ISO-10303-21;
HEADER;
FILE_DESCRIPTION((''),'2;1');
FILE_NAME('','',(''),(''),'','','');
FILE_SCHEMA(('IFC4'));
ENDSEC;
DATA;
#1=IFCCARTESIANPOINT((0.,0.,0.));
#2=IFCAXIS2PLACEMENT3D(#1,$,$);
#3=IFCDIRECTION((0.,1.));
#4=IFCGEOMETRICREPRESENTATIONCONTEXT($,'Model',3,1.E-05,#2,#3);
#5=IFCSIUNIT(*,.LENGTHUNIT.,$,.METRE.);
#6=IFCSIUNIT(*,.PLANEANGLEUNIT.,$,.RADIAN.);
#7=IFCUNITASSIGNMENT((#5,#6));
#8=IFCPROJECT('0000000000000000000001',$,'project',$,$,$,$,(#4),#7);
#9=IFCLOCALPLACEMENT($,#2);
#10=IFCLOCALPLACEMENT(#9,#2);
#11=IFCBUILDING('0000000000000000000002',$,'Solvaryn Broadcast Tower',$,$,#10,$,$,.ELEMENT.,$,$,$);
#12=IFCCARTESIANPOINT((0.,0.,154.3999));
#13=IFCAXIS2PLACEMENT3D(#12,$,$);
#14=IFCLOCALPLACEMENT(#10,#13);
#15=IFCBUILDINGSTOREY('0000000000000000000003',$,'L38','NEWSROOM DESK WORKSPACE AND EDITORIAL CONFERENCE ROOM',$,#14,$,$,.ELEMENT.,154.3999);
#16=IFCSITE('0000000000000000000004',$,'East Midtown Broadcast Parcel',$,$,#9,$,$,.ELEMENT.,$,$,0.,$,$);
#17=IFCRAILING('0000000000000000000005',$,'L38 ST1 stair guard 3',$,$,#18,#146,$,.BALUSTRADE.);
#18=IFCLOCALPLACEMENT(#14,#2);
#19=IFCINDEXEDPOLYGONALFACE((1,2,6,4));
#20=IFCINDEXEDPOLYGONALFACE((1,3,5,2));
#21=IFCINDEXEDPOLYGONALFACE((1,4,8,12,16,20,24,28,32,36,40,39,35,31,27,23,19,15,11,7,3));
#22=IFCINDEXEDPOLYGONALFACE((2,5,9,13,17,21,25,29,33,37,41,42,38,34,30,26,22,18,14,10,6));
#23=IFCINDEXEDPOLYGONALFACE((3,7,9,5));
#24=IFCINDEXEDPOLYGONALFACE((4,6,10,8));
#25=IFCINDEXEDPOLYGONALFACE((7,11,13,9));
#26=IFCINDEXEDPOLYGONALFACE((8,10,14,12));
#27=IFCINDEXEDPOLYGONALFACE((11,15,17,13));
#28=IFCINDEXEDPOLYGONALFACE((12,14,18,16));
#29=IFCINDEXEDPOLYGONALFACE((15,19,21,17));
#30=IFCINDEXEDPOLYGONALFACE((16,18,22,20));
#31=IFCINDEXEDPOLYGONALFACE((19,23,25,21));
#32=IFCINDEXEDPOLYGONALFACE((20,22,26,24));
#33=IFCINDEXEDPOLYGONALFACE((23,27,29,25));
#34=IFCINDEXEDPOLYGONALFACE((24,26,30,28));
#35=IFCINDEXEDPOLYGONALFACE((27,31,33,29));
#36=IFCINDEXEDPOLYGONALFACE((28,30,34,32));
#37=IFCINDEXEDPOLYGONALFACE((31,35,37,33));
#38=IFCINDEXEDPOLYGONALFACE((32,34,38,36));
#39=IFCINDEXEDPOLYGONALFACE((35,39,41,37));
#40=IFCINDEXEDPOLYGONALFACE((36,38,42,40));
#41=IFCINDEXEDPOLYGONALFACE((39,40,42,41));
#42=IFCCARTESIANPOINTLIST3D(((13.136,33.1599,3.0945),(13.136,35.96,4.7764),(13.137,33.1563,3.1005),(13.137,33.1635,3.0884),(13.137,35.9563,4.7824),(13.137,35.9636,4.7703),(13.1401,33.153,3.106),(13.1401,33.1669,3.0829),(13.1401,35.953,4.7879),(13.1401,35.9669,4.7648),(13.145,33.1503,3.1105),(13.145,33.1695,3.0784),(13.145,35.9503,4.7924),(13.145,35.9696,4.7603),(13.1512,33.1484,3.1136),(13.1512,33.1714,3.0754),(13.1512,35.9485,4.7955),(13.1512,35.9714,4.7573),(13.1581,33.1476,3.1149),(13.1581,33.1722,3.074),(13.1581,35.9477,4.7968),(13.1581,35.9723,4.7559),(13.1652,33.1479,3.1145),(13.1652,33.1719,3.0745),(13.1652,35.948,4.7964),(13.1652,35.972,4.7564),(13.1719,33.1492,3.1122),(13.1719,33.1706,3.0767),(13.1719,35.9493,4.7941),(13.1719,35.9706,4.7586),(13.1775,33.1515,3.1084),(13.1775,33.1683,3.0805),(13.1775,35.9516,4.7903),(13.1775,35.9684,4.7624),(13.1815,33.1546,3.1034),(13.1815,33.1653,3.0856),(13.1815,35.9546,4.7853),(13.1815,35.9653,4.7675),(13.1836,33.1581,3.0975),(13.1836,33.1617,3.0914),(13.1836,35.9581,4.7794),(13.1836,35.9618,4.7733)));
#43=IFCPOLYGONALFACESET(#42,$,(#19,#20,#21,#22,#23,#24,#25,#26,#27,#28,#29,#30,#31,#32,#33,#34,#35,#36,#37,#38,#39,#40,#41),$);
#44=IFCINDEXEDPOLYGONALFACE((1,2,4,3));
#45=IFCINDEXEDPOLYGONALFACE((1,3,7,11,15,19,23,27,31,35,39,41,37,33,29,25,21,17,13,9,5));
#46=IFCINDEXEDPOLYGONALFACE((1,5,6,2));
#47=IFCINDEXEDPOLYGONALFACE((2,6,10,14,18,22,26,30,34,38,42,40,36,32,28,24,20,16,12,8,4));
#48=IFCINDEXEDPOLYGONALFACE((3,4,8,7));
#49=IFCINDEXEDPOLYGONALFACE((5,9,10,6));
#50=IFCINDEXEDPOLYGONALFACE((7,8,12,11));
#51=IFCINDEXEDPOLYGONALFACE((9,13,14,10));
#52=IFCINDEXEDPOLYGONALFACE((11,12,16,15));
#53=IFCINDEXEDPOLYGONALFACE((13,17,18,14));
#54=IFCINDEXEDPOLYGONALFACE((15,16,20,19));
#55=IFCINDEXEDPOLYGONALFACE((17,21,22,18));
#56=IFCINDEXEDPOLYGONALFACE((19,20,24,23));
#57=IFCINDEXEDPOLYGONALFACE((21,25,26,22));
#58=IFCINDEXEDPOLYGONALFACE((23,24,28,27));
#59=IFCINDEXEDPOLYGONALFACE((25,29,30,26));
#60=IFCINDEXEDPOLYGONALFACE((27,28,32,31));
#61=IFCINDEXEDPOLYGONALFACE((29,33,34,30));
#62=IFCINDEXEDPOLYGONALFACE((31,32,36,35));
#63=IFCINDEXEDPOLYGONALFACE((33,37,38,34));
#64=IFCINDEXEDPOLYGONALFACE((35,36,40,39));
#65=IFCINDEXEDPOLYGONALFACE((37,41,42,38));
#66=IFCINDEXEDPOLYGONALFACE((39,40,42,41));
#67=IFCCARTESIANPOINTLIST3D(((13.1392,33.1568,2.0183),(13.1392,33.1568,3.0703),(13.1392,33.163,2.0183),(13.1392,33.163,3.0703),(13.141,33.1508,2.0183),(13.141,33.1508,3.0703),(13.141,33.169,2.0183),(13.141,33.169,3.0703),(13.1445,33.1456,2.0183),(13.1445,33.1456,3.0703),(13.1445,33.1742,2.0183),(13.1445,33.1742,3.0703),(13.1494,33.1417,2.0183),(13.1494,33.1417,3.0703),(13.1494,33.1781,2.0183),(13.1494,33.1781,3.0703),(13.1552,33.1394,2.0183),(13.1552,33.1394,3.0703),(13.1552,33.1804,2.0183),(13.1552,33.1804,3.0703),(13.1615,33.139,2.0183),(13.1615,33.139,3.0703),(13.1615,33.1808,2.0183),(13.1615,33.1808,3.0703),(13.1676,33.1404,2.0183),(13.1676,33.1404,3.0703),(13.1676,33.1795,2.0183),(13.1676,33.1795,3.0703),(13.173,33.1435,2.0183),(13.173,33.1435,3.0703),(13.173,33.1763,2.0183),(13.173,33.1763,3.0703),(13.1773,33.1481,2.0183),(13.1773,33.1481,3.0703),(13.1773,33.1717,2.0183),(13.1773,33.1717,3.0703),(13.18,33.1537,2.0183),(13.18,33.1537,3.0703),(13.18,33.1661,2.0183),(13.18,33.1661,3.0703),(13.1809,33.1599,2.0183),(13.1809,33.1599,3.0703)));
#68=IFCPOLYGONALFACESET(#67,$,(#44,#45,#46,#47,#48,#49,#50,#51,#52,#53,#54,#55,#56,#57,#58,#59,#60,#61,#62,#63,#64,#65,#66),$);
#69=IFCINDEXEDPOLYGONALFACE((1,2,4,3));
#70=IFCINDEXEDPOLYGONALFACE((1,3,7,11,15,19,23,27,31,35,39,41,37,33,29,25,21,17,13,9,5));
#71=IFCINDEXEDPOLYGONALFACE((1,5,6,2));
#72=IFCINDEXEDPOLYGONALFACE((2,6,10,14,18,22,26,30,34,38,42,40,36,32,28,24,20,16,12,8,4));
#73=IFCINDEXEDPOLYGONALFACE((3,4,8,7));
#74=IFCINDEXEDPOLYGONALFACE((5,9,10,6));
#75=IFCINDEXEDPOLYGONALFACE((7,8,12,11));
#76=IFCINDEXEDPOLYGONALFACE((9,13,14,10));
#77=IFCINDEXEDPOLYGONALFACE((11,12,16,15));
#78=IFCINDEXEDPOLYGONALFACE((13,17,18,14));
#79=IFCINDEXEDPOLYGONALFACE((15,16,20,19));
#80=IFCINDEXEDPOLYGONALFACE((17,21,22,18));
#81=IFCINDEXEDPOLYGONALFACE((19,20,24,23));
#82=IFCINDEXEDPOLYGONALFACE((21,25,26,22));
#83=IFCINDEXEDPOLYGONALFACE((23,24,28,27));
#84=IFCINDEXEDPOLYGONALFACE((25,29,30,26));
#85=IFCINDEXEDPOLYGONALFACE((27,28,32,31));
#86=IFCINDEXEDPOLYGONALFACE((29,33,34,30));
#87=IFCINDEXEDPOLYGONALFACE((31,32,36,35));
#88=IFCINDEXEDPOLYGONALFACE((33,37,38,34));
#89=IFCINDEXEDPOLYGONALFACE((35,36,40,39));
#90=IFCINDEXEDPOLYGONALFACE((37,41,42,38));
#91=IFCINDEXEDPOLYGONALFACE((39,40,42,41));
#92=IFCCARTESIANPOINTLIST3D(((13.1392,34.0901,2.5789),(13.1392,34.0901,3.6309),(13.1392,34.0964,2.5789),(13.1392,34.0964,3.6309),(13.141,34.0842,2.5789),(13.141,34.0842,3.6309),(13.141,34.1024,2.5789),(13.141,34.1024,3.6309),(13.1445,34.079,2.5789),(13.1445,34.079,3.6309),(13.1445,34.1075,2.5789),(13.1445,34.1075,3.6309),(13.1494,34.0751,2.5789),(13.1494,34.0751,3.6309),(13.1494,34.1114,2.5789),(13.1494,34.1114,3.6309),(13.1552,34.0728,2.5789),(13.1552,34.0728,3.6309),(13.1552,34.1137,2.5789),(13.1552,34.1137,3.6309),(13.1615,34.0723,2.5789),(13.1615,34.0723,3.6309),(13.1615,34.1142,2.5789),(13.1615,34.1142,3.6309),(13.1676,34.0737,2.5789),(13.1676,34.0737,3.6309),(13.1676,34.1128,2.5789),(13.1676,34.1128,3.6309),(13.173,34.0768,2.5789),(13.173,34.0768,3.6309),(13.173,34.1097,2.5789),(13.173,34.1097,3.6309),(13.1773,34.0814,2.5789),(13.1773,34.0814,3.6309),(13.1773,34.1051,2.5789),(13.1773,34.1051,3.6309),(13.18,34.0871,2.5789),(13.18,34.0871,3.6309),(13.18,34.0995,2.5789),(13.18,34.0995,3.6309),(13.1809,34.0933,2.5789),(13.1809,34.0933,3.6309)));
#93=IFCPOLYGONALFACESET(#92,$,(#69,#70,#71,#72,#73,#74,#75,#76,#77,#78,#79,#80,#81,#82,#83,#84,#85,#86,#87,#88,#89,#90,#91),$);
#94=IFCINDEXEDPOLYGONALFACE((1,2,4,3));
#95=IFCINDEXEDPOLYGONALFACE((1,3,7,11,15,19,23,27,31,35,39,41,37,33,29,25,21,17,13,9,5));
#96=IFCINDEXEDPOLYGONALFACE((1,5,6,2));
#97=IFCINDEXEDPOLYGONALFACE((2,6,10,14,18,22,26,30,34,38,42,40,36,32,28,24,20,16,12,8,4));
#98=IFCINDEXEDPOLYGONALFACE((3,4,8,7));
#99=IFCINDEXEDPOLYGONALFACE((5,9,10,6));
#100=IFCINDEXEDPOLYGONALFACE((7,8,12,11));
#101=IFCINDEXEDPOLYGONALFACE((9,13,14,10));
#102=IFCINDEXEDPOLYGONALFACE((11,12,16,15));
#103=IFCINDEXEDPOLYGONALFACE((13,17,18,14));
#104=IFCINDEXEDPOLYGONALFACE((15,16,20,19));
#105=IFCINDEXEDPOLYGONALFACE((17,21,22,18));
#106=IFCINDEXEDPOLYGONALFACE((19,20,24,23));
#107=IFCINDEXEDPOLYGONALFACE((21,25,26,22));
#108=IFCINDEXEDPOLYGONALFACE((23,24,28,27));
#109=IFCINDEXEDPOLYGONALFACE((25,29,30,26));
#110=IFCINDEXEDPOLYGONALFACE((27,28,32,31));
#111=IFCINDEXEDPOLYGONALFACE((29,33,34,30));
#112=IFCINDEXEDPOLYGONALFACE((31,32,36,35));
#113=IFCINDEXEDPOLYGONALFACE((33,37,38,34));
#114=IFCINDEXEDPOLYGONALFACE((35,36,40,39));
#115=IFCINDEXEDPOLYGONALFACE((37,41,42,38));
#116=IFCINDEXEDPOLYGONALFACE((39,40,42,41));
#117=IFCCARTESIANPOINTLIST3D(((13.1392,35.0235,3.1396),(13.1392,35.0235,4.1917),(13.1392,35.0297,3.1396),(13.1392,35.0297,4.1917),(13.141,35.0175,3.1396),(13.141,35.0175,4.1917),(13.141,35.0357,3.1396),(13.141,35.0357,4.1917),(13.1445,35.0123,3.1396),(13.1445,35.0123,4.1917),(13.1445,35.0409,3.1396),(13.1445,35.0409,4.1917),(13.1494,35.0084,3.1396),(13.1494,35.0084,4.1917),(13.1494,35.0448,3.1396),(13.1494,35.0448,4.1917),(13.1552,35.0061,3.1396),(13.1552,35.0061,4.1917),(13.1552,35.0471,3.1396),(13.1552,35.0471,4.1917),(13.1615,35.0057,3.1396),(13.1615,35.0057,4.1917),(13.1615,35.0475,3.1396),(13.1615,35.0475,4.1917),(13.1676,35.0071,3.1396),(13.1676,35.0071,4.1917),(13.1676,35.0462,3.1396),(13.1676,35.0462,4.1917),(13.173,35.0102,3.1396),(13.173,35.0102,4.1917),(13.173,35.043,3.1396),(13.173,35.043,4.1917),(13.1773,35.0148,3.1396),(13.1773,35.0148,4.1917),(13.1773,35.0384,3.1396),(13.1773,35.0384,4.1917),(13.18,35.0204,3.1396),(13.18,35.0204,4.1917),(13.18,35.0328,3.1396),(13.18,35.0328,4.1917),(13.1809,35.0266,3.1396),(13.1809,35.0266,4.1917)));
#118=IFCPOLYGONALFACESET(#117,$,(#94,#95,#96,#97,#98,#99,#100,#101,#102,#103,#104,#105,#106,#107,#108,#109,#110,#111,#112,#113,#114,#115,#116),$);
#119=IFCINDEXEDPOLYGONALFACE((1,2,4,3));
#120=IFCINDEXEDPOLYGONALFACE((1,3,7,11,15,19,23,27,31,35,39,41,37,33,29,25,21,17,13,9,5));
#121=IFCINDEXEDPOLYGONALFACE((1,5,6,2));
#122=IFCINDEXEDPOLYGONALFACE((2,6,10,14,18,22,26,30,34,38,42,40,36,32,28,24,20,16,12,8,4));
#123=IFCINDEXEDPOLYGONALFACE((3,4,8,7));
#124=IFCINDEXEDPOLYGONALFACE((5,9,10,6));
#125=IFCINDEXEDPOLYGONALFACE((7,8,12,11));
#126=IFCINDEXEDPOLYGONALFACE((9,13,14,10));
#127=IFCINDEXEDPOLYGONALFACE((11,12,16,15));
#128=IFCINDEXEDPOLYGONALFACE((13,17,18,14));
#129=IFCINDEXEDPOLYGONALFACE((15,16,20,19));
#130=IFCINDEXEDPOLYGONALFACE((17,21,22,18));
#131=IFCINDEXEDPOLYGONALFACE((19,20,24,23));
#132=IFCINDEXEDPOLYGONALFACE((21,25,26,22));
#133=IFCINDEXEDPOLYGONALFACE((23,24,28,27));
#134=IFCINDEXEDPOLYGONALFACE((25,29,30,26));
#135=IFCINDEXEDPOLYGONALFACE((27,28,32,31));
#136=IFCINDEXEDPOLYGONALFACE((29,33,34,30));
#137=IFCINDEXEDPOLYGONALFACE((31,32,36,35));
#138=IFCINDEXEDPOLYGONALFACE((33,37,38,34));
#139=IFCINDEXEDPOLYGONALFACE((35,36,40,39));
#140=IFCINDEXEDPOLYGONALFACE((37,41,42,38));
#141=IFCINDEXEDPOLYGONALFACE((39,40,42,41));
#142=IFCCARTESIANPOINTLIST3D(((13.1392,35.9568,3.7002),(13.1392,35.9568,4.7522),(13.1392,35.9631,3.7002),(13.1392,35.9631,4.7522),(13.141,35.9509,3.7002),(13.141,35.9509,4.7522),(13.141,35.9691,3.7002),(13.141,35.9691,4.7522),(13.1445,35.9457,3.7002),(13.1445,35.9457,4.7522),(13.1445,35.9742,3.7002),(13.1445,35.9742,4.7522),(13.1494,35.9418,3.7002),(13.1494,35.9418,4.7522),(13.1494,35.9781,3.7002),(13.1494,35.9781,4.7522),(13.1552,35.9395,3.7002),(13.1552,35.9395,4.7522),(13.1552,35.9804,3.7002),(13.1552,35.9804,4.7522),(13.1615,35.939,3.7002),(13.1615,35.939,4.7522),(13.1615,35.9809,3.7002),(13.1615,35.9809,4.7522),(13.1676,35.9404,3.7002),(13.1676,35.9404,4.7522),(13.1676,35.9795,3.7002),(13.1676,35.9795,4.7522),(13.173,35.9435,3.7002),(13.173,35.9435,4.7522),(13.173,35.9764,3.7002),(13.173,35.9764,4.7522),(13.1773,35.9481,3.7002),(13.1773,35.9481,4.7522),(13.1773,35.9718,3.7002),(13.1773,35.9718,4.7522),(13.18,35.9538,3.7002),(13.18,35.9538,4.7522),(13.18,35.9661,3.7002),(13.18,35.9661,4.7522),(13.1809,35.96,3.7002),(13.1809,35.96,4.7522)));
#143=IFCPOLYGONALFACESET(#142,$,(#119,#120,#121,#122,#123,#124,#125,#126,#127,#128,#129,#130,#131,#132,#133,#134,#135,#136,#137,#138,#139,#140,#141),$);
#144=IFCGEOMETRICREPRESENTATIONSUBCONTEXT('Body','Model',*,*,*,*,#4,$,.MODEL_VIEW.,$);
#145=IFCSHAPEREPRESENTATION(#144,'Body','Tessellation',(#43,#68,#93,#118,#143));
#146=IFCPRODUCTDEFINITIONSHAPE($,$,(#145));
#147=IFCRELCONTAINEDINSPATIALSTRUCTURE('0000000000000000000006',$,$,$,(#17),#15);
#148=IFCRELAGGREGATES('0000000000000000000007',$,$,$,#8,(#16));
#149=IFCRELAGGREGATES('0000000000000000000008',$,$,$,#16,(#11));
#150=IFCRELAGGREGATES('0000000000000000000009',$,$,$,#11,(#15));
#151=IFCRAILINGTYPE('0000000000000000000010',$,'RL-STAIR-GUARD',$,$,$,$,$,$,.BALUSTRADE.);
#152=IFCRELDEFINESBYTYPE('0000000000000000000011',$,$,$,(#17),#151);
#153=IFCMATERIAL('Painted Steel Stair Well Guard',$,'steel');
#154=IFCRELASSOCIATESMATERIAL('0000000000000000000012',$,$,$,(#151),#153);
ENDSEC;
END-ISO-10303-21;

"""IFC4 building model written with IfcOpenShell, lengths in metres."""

from ifc_helpers import new_model, si_unit, direction, frame, origin, origin_2d, place, context, subcontext, project, spatial, circle, extrude, material, type_object, element, save


model = new_model("IFC4")

# Units and contexts
model_context = context("Model", 3, precision=1e-05, world=origin(), true_north=direction((0.0, 1.0)))
body_context = subcontext(model_context, "Body", "Model", "MODEL_VIEW")
ifc_project = project(units=[si_unit("LENGTHUNIT", "METRE"), si_unit("PLANEANGLEUNIT", "RADIAN")], contexts=[model_context])

# Site, building, storey
site_placement = place(None, origin())
site = spatial("IfcSite", under=ifc_project, at=site_placement, Name="East Midtown Broadcast Parcel", CompositionType="ELEMENT", RefElevation=0.0)
building_placement = place(site_placement, origin())
building = spatial("IfcBuilding", under=site, at=building_placement, Name="Solvaryn Broadcast Tower", CompositionType="ELEMENT")
storey_placement = place(building_placement, frame((0.0, 0.0, 154.3999)))
storey = spatial("IfcBuildingStorey", under=building, at=storey_placement, Name="L38", Description="NEWSROOM DESK WORKSPACE AND EDITORIAL CONFERENCE ROOM", CompositionType="ELEMENT", Elevation=154.3999)

# Railing
ifc_material_1 = material(Name="Painted Steel Stair Well Guard", Category="steel")
railing_type_1 = type_object("IfcRailingType", Name="RL-STAIR-GUARD", PredefinedType="BALUSTRADE", material=ifc_material_1)
railing_1_placement = place(storey_placement, frame((13.1599, 33.1599, 2.0183)))
element("IfcRailing", 1, at=railing_1_placement, inside=storey, type_object=railing_type_1, Name="L38 ST1 stair guard 3", PredefinedType="BALUSTRADE", context=body_context, shape_type="SweptSolid", body=[
    extrude(circle(Radius=0.0239, at=origin_2d()), frame((0.0, 0.0, 1.0762), z_axis=(0.0, 0.857242, 0.514913), x_axis=(-1.0, 0.0, 0.0)), (0.0, 0.0, 1.0), 3.2664),
    extrude(circle(Radius=0.021, at=origin_2d()), origin(), (0.0, 0.0, 1.0), 1.052),
    extrude(circle(Radius=0.021, at=origin_2d()), frame((0.0, 0.9333, 0.5605)), (0.0, 0.0, 1.0), 1.052),
    extrude(circle(Radius=0.021, at=origin_2d()), frame((0.0, 1.8667, 1.1213)), (0.0, 0.0, 1.0), 1.052),
    extrude(circle(Radius=0.021, at=origin_2d()), frame((0.0, 2.8, 1.6819)), (0.0, 0.0, 1.0), 1.052),
])

save(model, "model.ifc")
